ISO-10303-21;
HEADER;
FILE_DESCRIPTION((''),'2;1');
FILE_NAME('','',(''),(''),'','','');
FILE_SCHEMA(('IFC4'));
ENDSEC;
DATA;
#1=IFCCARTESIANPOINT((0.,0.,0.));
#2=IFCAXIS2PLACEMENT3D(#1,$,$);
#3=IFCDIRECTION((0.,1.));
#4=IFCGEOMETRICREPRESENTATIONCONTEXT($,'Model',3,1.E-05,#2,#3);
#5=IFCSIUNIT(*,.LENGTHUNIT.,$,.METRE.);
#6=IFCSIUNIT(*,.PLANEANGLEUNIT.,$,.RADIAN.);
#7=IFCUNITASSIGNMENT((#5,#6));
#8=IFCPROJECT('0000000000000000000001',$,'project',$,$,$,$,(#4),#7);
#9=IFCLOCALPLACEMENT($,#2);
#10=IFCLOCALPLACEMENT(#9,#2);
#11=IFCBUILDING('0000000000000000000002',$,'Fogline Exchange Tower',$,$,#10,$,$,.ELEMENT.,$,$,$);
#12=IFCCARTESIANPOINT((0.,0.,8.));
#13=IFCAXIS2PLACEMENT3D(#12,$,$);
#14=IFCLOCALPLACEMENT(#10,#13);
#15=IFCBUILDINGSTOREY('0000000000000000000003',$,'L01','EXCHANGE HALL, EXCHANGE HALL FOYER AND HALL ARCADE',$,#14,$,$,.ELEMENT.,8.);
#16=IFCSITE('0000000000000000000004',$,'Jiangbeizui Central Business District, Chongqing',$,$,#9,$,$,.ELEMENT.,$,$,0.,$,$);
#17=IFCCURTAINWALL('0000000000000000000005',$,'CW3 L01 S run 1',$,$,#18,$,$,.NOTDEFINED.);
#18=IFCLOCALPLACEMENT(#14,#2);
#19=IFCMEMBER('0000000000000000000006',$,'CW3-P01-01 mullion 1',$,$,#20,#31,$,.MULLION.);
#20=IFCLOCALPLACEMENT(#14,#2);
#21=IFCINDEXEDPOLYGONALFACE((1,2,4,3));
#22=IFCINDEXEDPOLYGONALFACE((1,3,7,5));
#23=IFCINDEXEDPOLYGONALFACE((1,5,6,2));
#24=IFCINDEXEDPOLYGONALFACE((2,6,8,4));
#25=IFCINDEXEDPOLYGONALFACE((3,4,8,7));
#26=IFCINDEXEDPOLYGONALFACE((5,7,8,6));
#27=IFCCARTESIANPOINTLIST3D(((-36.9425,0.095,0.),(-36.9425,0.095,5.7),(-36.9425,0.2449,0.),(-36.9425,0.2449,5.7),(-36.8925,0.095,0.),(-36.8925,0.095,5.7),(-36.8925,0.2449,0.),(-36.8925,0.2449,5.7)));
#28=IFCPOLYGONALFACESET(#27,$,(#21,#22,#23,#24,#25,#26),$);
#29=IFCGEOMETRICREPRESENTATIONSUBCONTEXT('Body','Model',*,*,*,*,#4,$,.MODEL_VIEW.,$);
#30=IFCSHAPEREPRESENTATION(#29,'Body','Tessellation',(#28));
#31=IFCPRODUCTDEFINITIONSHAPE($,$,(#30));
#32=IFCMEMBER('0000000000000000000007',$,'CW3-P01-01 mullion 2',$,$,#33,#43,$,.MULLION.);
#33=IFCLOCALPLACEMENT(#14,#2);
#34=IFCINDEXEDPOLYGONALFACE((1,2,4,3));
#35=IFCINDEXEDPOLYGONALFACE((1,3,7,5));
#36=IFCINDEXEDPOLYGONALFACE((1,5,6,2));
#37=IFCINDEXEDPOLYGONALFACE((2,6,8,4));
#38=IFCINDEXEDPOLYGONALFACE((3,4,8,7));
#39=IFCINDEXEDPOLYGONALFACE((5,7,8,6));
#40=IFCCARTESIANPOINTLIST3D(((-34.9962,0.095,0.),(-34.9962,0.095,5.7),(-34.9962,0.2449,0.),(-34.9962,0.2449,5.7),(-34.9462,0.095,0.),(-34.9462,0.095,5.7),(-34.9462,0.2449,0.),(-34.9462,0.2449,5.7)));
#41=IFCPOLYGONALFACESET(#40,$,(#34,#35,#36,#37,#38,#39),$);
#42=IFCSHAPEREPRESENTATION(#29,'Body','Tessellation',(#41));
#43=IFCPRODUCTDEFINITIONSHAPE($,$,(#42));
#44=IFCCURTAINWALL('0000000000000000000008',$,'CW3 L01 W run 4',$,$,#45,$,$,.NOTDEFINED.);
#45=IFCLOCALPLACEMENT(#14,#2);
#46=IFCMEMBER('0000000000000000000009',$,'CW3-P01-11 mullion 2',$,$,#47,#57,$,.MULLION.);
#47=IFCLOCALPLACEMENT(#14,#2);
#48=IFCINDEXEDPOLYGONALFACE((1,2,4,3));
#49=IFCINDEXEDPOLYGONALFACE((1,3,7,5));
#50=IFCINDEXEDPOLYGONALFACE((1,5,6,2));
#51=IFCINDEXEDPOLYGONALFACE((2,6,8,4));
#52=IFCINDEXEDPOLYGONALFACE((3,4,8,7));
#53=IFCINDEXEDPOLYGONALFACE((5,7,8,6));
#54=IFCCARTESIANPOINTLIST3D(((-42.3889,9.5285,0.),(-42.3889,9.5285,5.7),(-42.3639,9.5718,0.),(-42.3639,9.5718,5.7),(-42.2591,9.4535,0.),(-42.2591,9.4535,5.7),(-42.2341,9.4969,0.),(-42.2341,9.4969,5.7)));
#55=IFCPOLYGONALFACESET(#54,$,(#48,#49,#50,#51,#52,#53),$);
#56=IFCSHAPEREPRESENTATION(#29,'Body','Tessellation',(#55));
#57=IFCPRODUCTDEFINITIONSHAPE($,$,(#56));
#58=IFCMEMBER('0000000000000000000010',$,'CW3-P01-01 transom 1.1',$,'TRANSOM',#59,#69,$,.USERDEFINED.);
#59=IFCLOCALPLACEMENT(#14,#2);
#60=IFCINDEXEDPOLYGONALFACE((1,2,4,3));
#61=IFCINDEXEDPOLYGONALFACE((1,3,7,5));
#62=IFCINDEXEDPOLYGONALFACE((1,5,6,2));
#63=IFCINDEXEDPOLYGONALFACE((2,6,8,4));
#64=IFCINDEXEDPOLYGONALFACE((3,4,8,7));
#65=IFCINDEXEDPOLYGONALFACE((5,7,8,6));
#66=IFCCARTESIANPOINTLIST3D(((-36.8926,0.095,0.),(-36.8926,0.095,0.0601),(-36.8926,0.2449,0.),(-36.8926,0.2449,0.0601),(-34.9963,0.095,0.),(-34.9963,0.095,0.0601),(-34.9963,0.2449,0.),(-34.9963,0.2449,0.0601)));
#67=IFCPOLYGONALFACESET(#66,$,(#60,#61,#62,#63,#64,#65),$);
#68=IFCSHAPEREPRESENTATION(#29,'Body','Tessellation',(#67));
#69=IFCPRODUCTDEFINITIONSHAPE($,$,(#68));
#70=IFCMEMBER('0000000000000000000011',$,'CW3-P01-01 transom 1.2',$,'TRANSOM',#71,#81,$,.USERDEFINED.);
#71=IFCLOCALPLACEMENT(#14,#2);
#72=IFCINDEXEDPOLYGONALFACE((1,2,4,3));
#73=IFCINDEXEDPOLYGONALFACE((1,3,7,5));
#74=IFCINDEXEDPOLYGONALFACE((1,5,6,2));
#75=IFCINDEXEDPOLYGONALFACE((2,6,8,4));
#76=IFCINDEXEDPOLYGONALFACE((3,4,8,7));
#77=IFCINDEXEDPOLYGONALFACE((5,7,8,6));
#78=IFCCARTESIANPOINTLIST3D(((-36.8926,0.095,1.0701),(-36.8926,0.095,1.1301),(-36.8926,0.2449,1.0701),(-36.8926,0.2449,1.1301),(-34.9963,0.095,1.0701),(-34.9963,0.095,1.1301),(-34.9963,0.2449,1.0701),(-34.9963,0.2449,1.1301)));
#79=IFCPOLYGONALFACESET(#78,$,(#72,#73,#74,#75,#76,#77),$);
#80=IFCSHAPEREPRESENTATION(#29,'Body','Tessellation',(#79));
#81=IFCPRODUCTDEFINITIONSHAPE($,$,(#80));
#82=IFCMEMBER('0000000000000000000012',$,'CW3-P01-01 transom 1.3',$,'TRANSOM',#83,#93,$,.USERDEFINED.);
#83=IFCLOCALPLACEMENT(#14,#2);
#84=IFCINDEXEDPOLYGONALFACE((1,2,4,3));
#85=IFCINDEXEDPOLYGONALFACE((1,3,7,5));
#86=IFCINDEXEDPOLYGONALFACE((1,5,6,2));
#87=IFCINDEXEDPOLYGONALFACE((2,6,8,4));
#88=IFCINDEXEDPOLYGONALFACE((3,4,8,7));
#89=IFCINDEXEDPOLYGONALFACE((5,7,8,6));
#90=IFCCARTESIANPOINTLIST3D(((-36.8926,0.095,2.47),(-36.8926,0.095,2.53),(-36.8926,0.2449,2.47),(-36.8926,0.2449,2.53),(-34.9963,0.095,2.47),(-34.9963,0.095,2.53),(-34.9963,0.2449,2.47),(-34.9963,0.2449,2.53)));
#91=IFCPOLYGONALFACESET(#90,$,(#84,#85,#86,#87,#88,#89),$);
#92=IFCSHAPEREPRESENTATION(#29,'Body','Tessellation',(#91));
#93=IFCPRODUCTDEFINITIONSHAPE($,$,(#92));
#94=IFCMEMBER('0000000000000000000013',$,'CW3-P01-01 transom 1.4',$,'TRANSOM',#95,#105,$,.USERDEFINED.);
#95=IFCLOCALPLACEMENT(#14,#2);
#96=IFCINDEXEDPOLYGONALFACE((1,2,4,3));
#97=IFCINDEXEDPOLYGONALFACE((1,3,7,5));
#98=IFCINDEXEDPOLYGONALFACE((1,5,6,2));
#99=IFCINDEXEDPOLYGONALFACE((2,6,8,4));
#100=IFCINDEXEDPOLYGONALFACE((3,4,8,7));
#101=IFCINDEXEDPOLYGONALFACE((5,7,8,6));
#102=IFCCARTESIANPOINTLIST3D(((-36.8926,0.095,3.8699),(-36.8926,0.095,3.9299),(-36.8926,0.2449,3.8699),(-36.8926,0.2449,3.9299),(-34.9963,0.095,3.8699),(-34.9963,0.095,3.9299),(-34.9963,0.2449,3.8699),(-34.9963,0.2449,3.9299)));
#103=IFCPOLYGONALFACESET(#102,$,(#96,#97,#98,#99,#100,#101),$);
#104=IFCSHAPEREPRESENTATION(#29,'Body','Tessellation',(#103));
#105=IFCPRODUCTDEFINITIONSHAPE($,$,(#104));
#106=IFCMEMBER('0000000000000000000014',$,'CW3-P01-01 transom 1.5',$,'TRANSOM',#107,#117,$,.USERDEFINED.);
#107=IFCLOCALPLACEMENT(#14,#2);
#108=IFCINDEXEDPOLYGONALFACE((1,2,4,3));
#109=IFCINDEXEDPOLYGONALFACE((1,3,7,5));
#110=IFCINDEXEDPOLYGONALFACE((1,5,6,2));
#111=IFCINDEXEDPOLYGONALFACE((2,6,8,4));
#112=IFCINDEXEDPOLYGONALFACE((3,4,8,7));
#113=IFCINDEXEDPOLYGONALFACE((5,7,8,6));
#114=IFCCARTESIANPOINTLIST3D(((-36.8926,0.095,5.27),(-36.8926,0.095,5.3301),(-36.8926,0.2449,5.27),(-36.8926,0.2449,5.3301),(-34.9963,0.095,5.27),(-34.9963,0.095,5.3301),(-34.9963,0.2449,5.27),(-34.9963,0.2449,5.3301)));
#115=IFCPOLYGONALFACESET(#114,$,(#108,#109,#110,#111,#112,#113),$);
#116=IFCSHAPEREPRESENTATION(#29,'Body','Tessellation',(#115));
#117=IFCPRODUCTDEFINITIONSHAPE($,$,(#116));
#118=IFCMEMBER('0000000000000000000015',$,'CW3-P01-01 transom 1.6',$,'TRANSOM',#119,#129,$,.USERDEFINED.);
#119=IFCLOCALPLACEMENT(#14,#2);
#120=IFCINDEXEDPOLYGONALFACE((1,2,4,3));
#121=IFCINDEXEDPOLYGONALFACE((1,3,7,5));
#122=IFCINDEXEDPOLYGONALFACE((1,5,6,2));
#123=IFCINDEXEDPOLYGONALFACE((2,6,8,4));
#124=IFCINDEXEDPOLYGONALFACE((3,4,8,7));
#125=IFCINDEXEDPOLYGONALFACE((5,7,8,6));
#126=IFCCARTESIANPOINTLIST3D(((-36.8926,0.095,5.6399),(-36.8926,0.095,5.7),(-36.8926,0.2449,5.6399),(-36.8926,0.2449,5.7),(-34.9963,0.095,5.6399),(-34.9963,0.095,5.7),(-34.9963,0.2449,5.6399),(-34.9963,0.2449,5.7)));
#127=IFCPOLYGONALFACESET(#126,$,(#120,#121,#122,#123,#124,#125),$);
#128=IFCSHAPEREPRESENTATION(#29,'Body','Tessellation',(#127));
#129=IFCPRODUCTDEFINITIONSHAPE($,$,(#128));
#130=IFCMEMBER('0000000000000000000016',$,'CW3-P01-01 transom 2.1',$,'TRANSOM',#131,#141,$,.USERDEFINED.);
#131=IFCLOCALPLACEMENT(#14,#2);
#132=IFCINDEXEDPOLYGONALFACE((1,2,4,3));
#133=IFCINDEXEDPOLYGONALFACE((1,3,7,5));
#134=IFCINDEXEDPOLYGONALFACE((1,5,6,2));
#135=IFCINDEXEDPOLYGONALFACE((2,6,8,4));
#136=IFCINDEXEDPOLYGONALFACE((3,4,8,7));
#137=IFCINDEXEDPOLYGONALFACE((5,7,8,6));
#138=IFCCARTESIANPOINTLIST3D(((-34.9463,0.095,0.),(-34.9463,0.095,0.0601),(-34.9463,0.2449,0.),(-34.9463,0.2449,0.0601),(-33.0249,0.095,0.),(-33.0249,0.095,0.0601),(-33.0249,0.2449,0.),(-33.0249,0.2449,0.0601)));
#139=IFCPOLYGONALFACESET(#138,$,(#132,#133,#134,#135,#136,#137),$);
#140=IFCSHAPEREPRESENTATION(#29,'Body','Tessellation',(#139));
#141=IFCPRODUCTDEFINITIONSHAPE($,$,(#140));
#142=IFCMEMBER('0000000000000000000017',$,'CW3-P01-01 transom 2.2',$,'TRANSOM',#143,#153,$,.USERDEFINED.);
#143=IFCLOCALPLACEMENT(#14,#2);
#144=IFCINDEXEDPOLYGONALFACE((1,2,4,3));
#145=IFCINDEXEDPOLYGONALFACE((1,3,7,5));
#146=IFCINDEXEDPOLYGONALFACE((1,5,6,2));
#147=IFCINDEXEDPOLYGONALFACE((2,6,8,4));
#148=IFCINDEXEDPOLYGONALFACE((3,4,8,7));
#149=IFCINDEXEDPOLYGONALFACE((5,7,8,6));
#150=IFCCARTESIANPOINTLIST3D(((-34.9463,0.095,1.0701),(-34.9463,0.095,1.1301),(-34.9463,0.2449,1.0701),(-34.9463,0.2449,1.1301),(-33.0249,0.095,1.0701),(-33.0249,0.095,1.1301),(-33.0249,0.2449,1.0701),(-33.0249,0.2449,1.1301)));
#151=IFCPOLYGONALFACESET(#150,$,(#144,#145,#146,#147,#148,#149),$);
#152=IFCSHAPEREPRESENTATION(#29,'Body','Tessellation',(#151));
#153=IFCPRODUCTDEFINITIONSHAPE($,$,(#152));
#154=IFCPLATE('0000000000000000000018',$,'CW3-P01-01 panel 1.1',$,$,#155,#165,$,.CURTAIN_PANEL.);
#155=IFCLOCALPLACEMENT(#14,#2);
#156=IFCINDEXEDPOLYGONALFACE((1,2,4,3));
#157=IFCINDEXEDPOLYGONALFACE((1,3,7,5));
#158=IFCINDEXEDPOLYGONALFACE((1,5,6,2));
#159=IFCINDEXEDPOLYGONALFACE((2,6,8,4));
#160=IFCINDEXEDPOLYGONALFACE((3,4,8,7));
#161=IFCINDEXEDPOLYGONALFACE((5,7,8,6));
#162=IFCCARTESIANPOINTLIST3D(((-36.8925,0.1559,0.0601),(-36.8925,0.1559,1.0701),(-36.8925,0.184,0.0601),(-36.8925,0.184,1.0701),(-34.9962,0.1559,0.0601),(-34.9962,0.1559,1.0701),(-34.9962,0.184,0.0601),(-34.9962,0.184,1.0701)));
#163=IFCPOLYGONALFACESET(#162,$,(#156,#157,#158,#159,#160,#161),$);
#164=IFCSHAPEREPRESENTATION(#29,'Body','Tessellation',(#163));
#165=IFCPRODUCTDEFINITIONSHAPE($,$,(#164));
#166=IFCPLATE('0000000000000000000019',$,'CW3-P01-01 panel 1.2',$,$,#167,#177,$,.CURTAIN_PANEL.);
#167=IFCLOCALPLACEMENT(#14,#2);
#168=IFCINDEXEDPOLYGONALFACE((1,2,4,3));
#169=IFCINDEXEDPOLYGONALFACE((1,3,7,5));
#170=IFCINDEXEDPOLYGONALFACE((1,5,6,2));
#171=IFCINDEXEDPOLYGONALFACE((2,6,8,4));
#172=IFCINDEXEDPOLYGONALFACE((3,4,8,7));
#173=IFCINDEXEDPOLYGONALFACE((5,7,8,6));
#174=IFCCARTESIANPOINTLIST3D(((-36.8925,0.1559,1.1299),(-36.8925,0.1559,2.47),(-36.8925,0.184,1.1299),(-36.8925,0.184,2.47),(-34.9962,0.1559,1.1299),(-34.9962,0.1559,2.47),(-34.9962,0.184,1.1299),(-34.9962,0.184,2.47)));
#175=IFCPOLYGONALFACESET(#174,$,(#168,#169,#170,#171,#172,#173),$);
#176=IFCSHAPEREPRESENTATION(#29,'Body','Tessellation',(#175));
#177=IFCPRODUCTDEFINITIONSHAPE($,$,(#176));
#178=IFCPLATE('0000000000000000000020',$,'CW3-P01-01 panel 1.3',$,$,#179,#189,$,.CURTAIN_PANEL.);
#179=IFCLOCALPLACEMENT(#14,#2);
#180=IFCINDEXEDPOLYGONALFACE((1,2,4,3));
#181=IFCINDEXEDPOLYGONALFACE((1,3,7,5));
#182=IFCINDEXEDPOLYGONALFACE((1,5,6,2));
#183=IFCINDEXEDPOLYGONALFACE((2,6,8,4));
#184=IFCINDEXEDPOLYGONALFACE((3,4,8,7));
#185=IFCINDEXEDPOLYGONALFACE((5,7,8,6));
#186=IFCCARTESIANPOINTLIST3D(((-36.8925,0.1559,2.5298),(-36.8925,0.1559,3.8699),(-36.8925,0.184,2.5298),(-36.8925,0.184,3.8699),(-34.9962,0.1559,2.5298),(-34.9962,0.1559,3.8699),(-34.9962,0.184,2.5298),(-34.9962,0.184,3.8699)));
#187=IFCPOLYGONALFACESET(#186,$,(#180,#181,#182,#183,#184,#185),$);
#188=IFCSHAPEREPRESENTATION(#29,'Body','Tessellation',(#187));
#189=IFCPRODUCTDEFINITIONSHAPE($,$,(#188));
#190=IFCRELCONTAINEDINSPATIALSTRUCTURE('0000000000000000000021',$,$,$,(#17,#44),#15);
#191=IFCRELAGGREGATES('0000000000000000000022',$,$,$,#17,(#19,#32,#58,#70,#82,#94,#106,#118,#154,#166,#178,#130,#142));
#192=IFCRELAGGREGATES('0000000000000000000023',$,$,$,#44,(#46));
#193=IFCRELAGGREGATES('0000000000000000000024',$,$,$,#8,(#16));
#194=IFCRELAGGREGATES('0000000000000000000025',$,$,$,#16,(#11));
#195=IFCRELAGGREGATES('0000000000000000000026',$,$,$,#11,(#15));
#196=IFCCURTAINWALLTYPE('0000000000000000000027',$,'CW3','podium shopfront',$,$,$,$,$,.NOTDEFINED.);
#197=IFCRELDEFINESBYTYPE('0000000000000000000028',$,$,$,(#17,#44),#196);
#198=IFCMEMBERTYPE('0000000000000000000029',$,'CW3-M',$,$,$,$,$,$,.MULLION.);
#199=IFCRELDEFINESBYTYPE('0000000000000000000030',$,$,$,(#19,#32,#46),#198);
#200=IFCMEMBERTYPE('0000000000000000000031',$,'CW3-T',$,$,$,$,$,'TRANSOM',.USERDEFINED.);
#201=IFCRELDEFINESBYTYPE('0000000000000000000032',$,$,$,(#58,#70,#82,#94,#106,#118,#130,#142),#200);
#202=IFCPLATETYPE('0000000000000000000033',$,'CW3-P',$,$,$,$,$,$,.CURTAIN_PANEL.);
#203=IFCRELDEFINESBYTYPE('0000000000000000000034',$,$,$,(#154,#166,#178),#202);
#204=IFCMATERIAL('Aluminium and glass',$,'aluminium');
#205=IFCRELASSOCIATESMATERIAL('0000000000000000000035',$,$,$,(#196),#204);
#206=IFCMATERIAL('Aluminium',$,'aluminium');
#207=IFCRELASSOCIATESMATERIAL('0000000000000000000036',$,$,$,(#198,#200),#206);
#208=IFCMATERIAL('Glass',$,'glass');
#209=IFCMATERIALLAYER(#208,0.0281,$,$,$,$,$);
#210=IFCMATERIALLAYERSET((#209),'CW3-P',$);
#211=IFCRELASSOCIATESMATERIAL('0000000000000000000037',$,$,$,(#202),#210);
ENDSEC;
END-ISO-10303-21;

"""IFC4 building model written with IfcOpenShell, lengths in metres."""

from ifc_helpers import new_model, si_unit, direction, frame, origin, origin_2d, place, context, subcontext, project, spatial, rectangle, extrude, material, layer, layer_set, material_profile, profile_set, type_object, element, aggregate, save


model = new_model("IFC4")

# Units and contexts
model_context = context("Model", 3, precision=1e-05, world=origin(), true_north=direction((0.0, 1.0)))
body_context = subcontext(model_context, "Body", "Model", "MODEL_VIEW")
ifc_project = project(units=[si_unit("LENGTHUNIT", "METRE"), si_unit("PLANEANGLEUNIT", "RADIAN")], contexts=[model_context])

# Site, building, storey
site_placement = place(None, origin())
site = spatial("IfcSite", under=ifc_project, at=site_placement, Name="Jiangbeizui Central Business District, Chongqing", CompositionType="ELEMENT", RefElevation=0.0)
building_placement = place(site_placement, origin())
building = spatial("IfcBuilding", under=site, at=building_placement, Name="Fogline Exchange Tower", CompositionType="ELEMENT")
storey_placement = place(building_placement, frame((0.0, 0.0, 8.0)))
storey = spatial("IfcBuildingStorey", under=building, at=storey_placement, Name="L01", Description="EXCHANGE HALL, EXCHANGE HALL FOYER AND HALL ARCADE", CompositionType="ELEMENT", Elevation=8.0)

# Curtain wall, members
ifc_material_1 = material(Name="Aluminium and glass", Category="aluminium")
curtain_wall_type = type_object("IfcCurtainWallType", Name="CW3", Description="podium shopfront", PredefinedType="NOTDEFINED", material=ifc_material_1)
curtain_wall_1_placement = place(storey_placement, origin())
curtain_wall_1 = element("IfcCurtainWall", 1, at=curtain_wall_1_placement, inside=storey, type_object=curtain_wall_type, Name="CW3 L01 S run 1", PredefinedType="NOTDEFINED")
ifc_material_2 = material(Name="Aluminium", Category="aluminium")
ifc_material_profile_1 = material_profile(ifc_material_2, rectangle(XDim=0.1499, YDim=0.05, at=origin_2d()), Name="Mullion 50x150")
ifc_profile_set_1 = profile_set([ifc_material_profile_1], Name="Aluminium")
member_type_1 = type_object("IfcMemberType", Name="CW3-M", PredefinedType="MULLION", material=ifc_profile_set_1)
member_1_placement = place(storey_placement, frame((-36.9175, 0.1699, 0.0), z_axis=(0.0, 0.0, 1.0), x_axis=(0.0, 1.0, 0.0)))
member_1 = element("IfcMember", 2, at=member_1_placement, type_object=member_type_1, Name="CW3-P01-01 mullion 1", PredefinedType="MULLION", context=body_context, shape_type="SweptSolid", body=[
    extrude(rectangle(XDim=0.1499, YDim=0.05, at=origin_2d()), origin(), (0.0, 0.0, 1.0), 5.7),
])
member_2_placement = place(storey_placement, frame((-34.9712, 0.1699, 0.0), z_axis=(0.0, 0.0, 1.0), x_axis=(0.0, 1.0, 0.0)))
member_2 = element("IfcMember", 3, at=member_2_placement, type_object=member_type_1, Name="CW3-P01-01 mullion 2", PredefinedType="MULLION", context=body_context, shape_type="SweptSolid", body=[
    extrude(rectangle(XDim=0.1499, YDim=0.05, at=origin_2d()), origin(), (0.0, 0.0, 1.0), 5.7),
])

# Curtain wall, member
curtain_wall_2_placement = place(storey_placement, origin())
curtain_wall_2 = element("IfcCurtainWall", 4, at=curtain_wall_2_placement, inside=storey, type_object=curtain_wall_type, Name="CW3 L01 W run 4", PredefinedType="NOTDEFINED")
member_3_placement = place(storey_placement, frame((-42.3115, 9.5127, 0.0), z_axis=(0.0, 0.0, 1.0), x_axis=(0.866024, -0.500002, 0.0)))
member_3 = element("IfcMember", 5, at=member_3_placement, type_object=member_type_1, Name="CW3-P01-11 mullion 2", PredefinedType="MULLION", context=body_context, shape_type="SweptSolid", body=[
    extrude(rectangle(XDim=0.1499, YDim=0.05, at=origin_2d()), origin(), (0.0, 0.0, 1.0), 5.7),
])

# Members
ifc_material_profile_2 = material_profile(ifc_material_2, rectangle(XDim=0.1499, YDim=0.0601, at=origin_2d()), Name="Transom 60x150")
ifc_profile_set_2 = profile_set([ifc_material_profile_2], Name="Aluminium")
member_type_2 = type_object("IfcMemberType", Name="CW3-T", ElementType="TRANSOM", PredefinedType="USERDEFINED", material=ifc_profile_set_2)
member_4_placement = place(storey_placement, frame((-36.8926, 0.1699, 0.03), z_axis=(1.0, 0.0, 0.0), x_axis=(0.0, 1.0, 0.0)))
member_4 = element("IfcMember", 6, at=member_4_placement, type_object=member_type_2, Name="CW3-P01-01 transom 1.1", ObjectType="TRANSOM", PredefinedType="USERDEFINED", context=body_context, shape_type="SweptSolid", body=[
    extrude(rectangle(XDim=0.1499, YDim=0.0601, at=origin_2d()), origin(), (0.0, 0.0, 1.0), 1.8962),
])
member_5_placement = place(storey_placement, frame((-36.8926, 0.1699, 1.1001), z_axis=(1.0, 0.0, 0.0), x_axis=(0.0, 1.0, 0.0)))
member_5 = element("IfcMember", 7, at=member_5_placement, type_object=member_type_2, Name="CW3-P01-01 transom 1.2", ObjectType="TRANSOM", PredefinedType="USERDEFINED", context=body_context, shape_type="SweptSolid", body=[
    extrude(rectangle(XDim=0.1499, YDim=0.0601, at=origin_2d()), origin(), (0.0, 0.0, 1.0), 1.8962),
])
member_6_placement = place(storey_placement, frame((-36.8926, 0.1699, 2.5), z_axis=(1.0, 0.0, 0.0), x_axis=(0.0, 1.0, 0.0)))
member_6 = element("IfcMember", 8, at=member_6_placement, type_object=member_type_2, Name="CW3-P01-01 transom 1.3", ObjectType="TRANSOM", PredefinedType="USERDEFINED", context=body_context, shape_type="SweptSolid", body=[
    extrude(rectangle(XDim=0.1499, YDim=0.0601, at=origin_2d()), origin(), (0.0, 0.0, 1.0), 1.8962),
])
member_7_placement = place(storey_placement, frame((-36.8926, 0.1699, 3.8999), z_axis=(1.0, 0.0, 0.0), x_axis=(0.0, 1.0, 0.0)))
member_7 = element("IfcMember", 9, at=member_7_placement, type_object=member_type_2, Name="CW3-P01-01 transom 1.4", ObjectType="TRANSOM", PredefinedType="USERDEFINED", context=body_context, shape_type="SweptSolid", body=[
    extrude(rectangle(XDim=0.1499, YDim=0.0601, at=origin_2d()), origin(), (0.0, 0.0, 1.0), 1.8962),
])
member_8_placement = place(storey_placement, frame((-36.8926, 0.1699, 5.3), z_axis=(1.0, 0.0, 0.0), x_axis=(0.0, 1.0, 0.0)))
member_8 = element("IfcMember", 10, at=member_8_placement, type_object=member_type_2, Name="CW3-P01-01 transom 1.5", ObjectType="TRANSOM", PredefinedType="USERDEFINED", context=body_context, shape_type="SweptSolid", body=[
    extrude(rectangle(XDim=0.1499, YDim=0.0601, at=origin_2d()), origin(), (0.0, 0.0, 1.0), 1.8962),
])
member_9_placement = place(storey_placement, frame((-36.8926, 0.1699, 5.6699), z_axis=(1.0, 0.0, 0.0), x_axis=(0.0, 1.0, 0.0)))
member_9 = element("IfcMember", 11, at=member_9_placement, type_object=member_type_2, Name="CW3-P01-01 transom 1.6", ObjectType="TRANSOM", PredefinedType="USERDEFINED", context=body_context, shape_type="SweptSolid", body=[
    extrude(rectangle(XDim=0.1499, YDim=0.0601, at=origin_2d()), origin(), (0.0, 0.0, 1.0), 1.8962),
])
member_10_placement = place(storey_placement, frame((-34.9463, 0.1699, 0.03), z_axis=(1.0, 0.0, 0.0), x_axis=(0.0, 1.0, 0.0)))
member_10 = element("IfcMember", 12, at=member_10_placement, type_object=member_type_2, Name="CW3-P01-01 transom 2.1", ObjectType="TRANSOM", PredefinedType="USERDEFINED", context=body_context, shape_type="SweptSolid", body=[
    extrude(rectangle(XDim=0.1499, YDim=0.0601, at=origin_2d()), origin(), (0.0, 0.0, 1.0), 1.9214),
])
member_11_placement = place(storey_placement, frame((-34.9463, 0.1699, 1.1001), z_axis=(1.0, 0.0, 0.0), x_axis=(0.0, 1.0, 0.0)))
member_11 = element("IfcMember", 13, at=member_11_placement, type_object=member_type_2, Name="CW3-P01-01 transom 2.2", ObjectType="TRANSOM", PredefinedType="USERDEFINED", context=body_context, shape_type="SweptSolid", body=[
    extrude(rectangle(XDim=0.1499, YDim=0.0601, at=origin_2d()), origin(), (0.0, 0.0, 1.0), 1.9214),
])

# Plates
ifc_material_3 = material(Name="Glass", Category="glass")
ifc_layer_1 = layer(ifc_material_3, 0.0281)
ifc_layer_set_1 = layer_set([ifc_layer_1], Name="CW3-P")
plate_type = type_object("IfcPlateType", Name="CW3-P", PredefinedType="CURTAIN_PANEL", material=ifc_layer_set_1)
plate_1_placement = place(storey_placement, frame((-35.9443, 0.1699, 0.0601), z_axis=(0.0, 0.0, 1.0), x_axis=(1.0, 0.0, 0.0)))
plate_1 = element("IfcPlate", 14, at=plate_1_placement, type_object=plate_type, Name="CW3-P01-01 panel 1.1", PredefinedType="CURTAIN_PANEL", context=body_context, shape_type="SweptSolid", body=[
    extrude(rectangle(XDim=1.8962, YDim=0.0281, at=origin_2d()), origin(), (0.0, 0.0, 1.0), 1.01),
])
plate_2_placement = place(storey_placement, frame((-35.9443, 0.1699, 1.1299), z_axis=(0.0, 0.0, 1.0), x_axis=(1.0, 0.0, 0.0)))
plate_2 = element("IfcPlate", 15, at=plate_2_placement, type_object=plate_type, Name="CW3-P01-01 panel 1.2", PredefinedType="CURTAIN_PANEL", context=body_context, shape_type="SweptSolid", body=[
    extrude(rectangle(XDim=1.8962, YDim=0.0281, at=origin_2d()), origin(), (0.0, 0.0, 1.0), 1.3401),
])
plate_3_placement = place(storey_placement, frame((-35.9443, 0.1699, 2.5298), z_axis=(0.0, 0.0, 1.0), x_axis=(1.0, 0.0, 0.0)))
plate_3 = element("IfcPlate", 16, at=plate_3_placement, type_object=plate_type, Name="CW3-P01-01 panel 1.3", PredefinedType="CURTAIN_PANEL", context=body_context, shape_type="SweptSolid", body=[
    extrude(rectangle(XDim=1.8962, YDim=0.0281, at=origin_2d()), origin(), (0.0, 0.0, 1.0), 1.3401),
])
aggregate(curtain_wall_1, [member_1, member_2, member_4, member_5, member_6, member_7, member_8, member_9, plate_1, plate_2, plate_3, member_10, member_11])
aggregate(curtain_wall_2, [member_3])

save(model, "model.ifc")
